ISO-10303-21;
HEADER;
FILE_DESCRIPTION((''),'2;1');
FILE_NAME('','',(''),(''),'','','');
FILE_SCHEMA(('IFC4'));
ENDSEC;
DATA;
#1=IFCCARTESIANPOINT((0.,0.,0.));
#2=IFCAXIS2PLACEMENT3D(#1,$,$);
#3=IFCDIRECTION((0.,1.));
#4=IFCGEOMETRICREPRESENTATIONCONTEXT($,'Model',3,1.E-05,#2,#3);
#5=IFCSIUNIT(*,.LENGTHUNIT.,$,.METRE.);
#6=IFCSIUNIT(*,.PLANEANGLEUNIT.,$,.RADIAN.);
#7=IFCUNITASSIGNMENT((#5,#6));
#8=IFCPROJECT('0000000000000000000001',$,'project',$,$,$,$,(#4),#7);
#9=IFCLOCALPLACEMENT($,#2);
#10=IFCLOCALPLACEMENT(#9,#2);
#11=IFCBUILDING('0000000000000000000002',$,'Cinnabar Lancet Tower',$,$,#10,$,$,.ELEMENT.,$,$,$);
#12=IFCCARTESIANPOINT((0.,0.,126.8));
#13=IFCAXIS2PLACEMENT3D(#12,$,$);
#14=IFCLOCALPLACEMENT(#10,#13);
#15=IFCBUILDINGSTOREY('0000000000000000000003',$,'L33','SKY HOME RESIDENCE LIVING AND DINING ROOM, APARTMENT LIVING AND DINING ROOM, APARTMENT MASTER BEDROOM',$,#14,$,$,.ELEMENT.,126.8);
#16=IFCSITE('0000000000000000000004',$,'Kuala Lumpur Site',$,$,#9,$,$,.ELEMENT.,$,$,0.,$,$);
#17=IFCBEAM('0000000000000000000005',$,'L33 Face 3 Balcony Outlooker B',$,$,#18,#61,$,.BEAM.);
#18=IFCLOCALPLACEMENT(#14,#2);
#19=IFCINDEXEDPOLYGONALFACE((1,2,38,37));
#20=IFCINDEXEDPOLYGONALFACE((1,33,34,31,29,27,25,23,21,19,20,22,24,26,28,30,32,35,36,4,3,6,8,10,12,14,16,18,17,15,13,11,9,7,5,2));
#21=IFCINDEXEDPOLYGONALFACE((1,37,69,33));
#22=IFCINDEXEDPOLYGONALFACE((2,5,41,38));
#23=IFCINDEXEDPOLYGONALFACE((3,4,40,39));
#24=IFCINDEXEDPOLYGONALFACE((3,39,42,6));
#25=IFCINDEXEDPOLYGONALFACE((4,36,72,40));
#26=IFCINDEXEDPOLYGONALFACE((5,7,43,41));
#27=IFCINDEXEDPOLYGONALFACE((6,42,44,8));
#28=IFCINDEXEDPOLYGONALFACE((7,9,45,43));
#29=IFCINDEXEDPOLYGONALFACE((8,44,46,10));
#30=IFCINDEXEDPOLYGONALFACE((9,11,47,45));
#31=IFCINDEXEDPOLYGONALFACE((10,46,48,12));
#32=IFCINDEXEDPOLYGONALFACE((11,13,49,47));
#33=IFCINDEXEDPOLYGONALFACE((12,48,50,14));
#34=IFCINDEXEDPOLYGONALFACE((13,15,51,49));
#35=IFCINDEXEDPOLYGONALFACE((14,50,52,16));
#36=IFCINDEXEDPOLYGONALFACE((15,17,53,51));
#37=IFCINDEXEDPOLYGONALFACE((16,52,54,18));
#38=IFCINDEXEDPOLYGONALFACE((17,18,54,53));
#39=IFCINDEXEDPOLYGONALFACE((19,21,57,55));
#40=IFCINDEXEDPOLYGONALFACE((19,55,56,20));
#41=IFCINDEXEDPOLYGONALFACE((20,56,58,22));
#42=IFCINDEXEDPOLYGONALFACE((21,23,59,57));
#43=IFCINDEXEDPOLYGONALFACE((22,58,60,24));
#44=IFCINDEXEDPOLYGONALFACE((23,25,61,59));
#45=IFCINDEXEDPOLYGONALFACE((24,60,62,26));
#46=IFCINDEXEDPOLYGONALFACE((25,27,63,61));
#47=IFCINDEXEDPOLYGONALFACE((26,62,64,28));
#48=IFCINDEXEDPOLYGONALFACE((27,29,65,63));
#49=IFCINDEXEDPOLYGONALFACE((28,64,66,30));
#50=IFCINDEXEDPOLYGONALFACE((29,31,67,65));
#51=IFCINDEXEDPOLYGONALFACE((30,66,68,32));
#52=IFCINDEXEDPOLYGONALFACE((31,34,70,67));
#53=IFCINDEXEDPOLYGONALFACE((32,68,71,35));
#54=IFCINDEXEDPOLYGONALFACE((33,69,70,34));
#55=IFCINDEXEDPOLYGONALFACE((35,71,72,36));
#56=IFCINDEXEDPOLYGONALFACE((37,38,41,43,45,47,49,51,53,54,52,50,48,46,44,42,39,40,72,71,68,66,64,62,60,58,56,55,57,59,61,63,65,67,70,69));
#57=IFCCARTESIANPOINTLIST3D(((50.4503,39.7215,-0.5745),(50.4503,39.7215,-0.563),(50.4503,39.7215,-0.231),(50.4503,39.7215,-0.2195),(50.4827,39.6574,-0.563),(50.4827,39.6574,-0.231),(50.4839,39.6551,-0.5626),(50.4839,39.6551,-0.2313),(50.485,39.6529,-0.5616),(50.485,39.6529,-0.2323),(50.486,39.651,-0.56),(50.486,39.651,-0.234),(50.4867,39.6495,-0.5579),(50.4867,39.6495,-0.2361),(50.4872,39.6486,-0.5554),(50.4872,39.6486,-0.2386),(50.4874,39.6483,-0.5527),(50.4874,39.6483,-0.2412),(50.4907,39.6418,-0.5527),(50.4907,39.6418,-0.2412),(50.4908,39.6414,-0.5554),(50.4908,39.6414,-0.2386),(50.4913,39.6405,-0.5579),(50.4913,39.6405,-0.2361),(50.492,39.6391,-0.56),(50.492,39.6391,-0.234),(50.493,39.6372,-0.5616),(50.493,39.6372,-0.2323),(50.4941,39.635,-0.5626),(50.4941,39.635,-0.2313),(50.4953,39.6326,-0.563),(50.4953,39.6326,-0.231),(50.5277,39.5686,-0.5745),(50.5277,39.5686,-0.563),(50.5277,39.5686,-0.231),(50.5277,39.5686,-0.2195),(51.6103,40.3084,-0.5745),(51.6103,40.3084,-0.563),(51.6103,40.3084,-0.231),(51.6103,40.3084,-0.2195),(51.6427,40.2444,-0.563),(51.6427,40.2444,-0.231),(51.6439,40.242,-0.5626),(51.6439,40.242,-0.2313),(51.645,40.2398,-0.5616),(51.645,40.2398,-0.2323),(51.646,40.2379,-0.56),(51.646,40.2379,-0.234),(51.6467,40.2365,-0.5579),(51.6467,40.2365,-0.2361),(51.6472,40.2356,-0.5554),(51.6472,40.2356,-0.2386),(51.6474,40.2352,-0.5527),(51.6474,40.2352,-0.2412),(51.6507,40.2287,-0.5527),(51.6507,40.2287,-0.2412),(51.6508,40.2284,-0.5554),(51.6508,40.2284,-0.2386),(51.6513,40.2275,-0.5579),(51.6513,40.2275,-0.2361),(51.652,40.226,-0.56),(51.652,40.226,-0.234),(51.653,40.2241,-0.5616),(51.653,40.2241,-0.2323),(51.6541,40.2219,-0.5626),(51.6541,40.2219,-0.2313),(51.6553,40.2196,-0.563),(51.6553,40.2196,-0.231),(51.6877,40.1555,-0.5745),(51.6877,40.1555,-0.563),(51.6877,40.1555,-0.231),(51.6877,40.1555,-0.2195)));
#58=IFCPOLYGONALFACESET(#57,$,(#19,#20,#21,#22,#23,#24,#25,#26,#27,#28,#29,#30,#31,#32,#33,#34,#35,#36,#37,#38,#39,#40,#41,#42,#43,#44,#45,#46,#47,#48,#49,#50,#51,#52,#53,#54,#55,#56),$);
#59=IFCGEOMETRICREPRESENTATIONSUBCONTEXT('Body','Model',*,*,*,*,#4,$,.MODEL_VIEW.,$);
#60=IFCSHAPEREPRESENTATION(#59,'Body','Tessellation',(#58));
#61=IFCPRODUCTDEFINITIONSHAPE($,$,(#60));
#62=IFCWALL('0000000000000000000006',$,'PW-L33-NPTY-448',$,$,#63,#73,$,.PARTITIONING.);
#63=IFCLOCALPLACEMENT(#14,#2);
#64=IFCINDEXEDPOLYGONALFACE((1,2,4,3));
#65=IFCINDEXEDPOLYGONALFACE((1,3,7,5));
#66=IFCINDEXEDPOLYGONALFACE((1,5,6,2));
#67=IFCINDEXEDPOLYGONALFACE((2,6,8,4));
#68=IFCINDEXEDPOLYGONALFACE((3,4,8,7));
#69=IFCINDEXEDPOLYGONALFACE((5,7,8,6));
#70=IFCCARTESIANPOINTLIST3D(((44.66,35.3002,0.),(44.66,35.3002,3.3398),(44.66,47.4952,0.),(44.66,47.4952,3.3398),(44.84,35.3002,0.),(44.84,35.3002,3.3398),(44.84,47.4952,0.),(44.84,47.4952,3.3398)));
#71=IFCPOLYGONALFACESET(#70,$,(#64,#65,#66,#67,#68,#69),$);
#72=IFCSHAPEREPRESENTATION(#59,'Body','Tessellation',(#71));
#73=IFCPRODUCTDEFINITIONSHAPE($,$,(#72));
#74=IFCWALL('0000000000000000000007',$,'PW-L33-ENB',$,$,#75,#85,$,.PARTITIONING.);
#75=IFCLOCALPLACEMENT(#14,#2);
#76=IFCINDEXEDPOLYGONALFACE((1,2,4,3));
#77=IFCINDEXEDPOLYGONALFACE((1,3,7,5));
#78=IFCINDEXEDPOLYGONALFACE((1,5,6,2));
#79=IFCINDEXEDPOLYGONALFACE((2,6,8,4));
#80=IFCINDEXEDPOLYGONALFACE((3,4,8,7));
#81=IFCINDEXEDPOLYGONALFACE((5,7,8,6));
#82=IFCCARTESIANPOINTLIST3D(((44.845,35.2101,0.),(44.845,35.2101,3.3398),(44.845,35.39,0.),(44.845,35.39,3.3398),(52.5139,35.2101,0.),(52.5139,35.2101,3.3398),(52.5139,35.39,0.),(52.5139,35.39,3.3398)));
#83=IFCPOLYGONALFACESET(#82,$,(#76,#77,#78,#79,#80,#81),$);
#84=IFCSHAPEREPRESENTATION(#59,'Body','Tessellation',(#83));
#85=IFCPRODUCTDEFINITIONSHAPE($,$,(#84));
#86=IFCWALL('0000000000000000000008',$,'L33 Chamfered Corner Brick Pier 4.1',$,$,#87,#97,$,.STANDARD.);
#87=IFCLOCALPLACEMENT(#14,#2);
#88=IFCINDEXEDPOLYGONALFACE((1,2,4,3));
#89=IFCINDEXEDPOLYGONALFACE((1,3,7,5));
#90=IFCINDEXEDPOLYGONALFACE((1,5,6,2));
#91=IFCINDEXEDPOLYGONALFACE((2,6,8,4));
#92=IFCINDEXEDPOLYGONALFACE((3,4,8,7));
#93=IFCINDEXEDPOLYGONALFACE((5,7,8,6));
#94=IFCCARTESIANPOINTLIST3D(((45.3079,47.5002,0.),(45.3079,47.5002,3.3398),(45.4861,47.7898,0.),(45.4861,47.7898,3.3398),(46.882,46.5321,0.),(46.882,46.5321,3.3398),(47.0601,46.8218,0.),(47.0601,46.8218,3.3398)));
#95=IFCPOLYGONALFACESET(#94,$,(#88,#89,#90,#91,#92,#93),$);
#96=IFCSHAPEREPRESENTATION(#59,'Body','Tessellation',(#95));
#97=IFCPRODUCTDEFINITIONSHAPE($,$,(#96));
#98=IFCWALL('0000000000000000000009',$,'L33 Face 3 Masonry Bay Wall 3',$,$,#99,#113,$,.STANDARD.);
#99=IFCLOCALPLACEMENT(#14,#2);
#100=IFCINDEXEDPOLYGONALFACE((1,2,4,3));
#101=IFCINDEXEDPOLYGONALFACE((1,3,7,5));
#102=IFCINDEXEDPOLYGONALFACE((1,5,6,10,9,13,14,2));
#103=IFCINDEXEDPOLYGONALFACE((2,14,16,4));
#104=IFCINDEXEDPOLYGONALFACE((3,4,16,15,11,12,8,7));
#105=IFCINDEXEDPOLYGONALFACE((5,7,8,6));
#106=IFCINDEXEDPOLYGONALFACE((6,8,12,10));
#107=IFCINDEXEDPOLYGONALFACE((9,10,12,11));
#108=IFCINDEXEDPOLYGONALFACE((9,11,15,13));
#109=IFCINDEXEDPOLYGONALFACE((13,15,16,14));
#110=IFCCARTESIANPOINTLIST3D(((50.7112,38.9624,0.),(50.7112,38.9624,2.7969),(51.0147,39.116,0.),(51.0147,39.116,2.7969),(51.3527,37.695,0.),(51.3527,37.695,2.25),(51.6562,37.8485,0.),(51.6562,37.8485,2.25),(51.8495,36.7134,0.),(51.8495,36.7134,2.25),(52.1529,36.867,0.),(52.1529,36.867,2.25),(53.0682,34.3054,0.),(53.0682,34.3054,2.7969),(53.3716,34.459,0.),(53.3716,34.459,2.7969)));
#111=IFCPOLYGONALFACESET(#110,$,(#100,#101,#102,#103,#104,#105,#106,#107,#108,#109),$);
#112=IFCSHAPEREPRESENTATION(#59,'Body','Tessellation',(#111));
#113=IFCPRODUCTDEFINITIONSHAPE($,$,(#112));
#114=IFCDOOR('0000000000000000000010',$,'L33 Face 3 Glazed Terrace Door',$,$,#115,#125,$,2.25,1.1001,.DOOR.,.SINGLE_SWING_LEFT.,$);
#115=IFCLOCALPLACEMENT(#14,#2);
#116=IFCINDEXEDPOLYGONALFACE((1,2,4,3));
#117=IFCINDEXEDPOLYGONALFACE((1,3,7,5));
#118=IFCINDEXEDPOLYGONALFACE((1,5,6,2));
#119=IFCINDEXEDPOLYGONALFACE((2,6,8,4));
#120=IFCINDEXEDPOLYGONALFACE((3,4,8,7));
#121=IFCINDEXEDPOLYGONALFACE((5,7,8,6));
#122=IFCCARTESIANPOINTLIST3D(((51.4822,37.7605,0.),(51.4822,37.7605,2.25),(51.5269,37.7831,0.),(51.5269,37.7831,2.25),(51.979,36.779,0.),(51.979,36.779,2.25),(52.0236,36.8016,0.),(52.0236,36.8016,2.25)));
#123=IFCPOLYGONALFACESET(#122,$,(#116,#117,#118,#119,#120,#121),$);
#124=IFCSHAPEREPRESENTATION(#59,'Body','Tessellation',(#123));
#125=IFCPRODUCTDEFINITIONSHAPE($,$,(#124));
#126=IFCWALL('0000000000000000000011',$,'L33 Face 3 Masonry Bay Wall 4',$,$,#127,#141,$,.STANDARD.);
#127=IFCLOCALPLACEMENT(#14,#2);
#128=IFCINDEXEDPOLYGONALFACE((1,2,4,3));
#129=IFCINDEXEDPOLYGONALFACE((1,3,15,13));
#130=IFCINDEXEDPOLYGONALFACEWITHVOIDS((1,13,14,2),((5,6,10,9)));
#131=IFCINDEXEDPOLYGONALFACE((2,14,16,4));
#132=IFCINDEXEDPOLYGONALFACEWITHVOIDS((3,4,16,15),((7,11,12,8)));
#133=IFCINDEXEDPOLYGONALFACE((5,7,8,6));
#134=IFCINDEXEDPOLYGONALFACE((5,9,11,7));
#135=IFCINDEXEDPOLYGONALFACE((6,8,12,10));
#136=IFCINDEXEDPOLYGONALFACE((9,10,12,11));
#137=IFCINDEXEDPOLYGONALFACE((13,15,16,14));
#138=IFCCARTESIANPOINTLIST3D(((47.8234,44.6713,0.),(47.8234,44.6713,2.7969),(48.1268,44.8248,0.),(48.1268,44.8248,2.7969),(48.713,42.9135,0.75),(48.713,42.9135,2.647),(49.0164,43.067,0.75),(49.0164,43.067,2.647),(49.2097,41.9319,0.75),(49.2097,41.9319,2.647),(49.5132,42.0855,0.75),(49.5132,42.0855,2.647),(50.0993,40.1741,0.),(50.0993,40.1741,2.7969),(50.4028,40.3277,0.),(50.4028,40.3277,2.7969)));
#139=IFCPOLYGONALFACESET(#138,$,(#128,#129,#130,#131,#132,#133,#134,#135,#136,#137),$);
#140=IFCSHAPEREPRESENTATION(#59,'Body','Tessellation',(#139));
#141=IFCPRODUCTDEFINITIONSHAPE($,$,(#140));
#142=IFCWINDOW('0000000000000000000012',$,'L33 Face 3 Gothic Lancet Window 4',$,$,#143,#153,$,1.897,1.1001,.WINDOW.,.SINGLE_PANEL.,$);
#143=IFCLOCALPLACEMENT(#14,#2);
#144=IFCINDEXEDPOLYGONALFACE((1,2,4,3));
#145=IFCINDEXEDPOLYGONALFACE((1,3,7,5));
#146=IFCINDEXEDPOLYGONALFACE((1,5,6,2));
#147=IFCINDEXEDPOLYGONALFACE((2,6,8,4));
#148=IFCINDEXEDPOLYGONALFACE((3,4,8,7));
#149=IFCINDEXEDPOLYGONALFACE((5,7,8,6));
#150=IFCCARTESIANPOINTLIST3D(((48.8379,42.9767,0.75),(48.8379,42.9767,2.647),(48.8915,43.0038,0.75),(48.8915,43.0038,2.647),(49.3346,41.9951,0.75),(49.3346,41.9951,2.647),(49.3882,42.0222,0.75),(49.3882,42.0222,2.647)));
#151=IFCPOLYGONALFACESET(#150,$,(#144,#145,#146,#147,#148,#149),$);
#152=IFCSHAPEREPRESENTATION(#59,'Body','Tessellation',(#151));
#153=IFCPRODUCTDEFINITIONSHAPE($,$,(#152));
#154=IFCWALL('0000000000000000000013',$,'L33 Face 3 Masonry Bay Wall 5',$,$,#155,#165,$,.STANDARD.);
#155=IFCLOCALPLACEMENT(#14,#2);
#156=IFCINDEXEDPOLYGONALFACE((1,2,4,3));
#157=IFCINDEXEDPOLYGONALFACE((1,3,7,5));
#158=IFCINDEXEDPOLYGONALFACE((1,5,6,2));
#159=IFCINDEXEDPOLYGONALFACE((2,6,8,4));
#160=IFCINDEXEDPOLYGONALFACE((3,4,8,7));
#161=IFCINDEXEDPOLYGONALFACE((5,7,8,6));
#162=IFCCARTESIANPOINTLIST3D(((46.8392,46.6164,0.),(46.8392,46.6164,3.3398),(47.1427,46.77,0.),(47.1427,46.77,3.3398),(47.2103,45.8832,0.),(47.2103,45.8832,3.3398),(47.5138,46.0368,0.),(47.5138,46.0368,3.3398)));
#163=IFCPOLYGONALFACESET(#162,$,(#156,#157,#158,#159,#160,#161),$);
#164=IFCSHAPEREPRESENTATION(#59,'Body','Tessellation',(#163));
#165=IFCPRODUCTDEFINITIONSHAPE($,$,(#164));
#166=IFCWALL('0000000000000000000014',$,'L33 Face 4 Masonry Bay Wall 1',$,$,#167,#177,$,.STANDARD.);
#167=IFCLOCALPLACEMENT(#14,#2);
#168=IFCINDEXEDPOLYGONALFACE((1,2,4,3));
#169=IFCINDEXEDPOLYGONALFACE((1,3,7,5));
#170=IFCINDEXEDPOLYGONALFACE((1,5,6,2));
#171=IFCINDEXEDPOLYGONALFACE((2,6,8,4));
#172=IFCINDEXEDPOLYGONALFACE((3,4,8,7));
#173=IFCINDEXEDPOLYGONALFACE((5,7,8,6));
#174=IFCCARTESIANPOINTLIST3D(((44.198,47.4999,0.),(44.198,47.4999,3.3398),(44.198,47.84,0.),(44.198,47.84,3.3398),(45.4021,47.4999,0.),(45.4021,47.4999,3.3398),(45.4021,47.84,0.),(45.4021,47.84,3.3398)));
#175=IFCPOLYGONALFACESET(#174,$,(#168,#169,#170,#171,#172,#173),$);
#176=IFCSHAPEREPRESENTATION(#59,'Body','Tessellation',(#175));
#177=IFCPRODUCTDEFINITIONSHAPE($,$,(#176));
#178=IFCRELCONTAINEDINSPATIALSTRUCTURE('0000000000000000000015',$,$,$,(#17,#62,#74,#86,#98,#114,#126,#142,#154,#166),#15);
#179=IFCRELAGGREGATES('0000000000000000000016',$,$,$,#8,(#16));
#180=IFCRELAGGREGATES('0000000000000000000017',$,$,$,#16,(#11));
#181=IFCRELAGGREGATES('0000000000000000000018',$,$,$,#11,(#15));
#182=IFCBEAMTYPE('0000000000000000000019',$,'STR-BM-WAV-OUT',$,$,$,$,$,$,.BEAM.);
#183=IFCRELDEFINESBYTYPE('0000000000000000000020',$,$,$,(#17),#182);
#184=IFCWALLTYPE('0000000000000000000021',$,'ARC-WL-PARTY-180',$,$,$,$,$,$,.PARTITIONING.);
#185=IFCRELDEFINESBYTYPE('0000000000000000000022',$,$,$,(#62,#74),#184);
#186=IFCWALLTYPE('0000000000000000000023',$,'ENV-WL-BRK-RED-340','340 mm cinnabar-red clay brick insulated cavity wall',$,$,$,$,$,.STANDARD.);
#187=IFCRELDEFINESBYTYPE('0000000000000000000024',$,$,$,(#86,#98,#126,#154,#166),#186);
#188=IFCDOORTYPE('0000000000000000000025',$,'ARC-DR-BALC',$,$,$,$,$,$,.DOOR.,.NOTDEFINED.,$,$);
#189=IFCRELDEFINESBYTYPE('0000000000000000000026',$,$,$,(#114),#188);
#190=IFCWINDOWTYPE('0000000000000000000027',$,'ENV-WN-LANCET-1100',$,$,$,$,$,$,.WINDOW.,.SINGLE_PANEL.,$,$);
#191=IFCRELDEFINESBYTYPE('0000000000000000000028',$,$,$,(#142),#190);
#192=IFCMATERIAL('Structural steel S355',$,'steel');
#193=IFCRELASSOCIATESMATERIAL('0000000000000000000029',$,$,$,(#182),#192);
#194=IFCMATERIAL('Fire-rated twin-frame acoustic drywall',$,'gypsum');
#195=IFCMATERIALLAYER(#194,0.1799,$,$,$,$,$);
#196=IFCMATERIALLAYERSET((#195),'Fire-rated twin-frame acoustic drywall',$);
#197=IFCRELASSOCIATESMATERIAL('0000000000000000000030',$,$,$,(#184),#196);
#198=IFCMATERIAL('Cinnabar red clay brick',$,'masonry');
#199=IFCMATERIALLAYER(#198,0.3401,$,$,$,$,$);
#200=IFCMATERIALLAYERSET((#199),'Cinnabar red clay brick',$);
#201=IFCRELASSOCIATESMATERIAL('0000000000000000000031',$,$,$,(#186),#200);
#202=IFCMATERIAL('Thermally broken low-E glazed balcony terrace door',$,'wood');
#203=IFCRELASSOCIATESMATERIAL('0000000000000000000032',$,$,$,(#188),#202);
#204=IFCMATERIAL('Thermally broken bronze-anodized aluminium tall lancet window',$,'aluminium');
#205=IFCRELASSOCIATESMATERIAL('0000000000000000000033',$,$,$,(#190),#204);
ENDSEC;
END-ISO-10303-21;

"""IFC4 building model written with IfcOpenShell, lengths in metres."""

from ifc_helpers import new_model, si_unit, direction, frame, frame_2d, origin, origin_2d, place, context, subcontext, project, spatial, rectangle, i_section, extrude, material, layer, layer_set, material_profile, profile_set, type_object, element, fill, save


model = new_model("IFC4")

# Units and contexts
model_context = context("Model", 3, precision=1e-05, world=origin(), true_north=direction((0.0, 1.0)))
body_context = subcontext(model_context, "Body", "Model", "MODEL_VIEW")
ifc_project = project(units=[si_unit("LENGTHUNIT", "METRE"), si_unit("PLANEANGLEUNIT", "RADIAN")], contexts=[model_context])

# Site, building, storey
site_placement = place(None, origin())
site = spatial("IfcSite", under=ifc_project, at=site_placement, Name="Kuala Lumpur Site", CompositionType="ELEMENT", RefElevation=0.0)
building_placement = place(site_placement, origin())
building = spatial("IfcBuilding", under=site, at=building_placement, Name="Cinnabar Lancet Tower", CompositionType="ELEMENT")
storey_placement = place(building_placement, frame((0.0, 0.0, 126.8)))
storey = spatial("IfcBuildingStorey", under=building, at=storey_placement, Name="L33", Description="SKY HOME RESIDENCE LIVING AND DINING ROOM, APARTMENT LIVING AND DINING ROOM, APARTMENT MASTER BEDROOM", CompositionType="ELEMENT", Elevation=126.8)

# Beam
ifc_material_1 = material(Name="Structural steel S355", Category="steel")
ifc_material_profile_1 = material_profile(ifc_material_1, i_section(OverallWidth=0.1714, OverallDepth=0.355, WebThickness=0.0073, FlangeThickness=0.0115, FilletRadius=0.0103, at=origin_2d()), Name="UKB 356x171x51")
ifc_profile_set_1 = profile_set([ifc_material_profile_1], Name="Structural steel S355")
beam_type_1 = type_object("IfcBeamType", Name="STR-BM-WAV-OUT", PredefinedType="BEAM", material=ifc_profile_set_1)
beam_1_placement = place(storey_placement, frame((50.489, 39.645, -0.397), z_axis=(0.892276, 0.45149, 0.0), x_axis=(-0.45149, 0.892276, 0.0)))
element("IfcBeam", 1, at=beam_1_placement, inside=storey, type_object=beam_type_1, Name="L33 Face 3 Balcony Outlooker B", PredefinedType="BEAM", context=body_context, shape_type="SweptSolid", body=[
    extrude(i_section(OverallWidth=0.1714, OverallDepth=0.355, WebThickness=0.0073, FlangeThickness=0.0115, FilletRadius=0.0103, at=origin_2d()), origin(), (0.0, 0.0, 1.0), 1.3),
])

# Walls
ifc_material_2 = material(Name="Fire-rated twin-frame acoustic drywall", Category="gypsum")
ifc_layer_1 = layer(ifc_material_2, 0.1799)
ifc_layer_set_1 = layer_set([ifc_layer_1], Name="Fire-rated twin-frame acoustic drywall")
wall_type_1 = type_object("IfcWallType", Name="ARC-WL-PARTY-180", PredefinedType="PARTITIONING", material=ifc_layer_set_1)
wall_1_placement = place(storey_placement, frame((44.75, 35.3, 0.0), z_axis=(0.0, 0.0, 1.0), x_axis=(0.0, 1.0, 0.0)))
element("IfcWall", 2, at=wall_1_placement, inside=storey, type_object=wall_type_1, Name="PW-L33-NPTY-448", PredefinedType="PARTITIONING", context=body_context, shape_type="SweptSolid", body=[
    extrude(rectangle(XDim=12.1951, YDim=0.1799, at=frame_2d((6.0977, 0.0))), origin(), (0.0, 0.0, 1.0), 3.3398),
])
wall_2_placement = place(storey_placement, frame((44.845, 35.3, 0.0), z_axis=(0.0, 0.0, 1.0), x_axis=(1.0, 0.0, 0.0)))
element("IfcWall", 3, at=wall_2_placement, inside=storey, type_object=wall_type_1, Name="PW-L33-ENB", PredefinedType="PARTITIONING", context=body_context, shape_type="SweptSolid", body=[
    extrude(rectangle(XDim=7.6689, YDim=0.1799, at=frame_2d((3.8345, 0.0))), origin(), (0.0, 0.0, 1.0), 3.3398),
])
ifc_material_3 = material(Name="Cinnabar red clay brick", Category="masonry")
ifc_layer_2 = layer(ifc_material_3, 0.3401)
ifc_layer_set_2 = layer_set([ifc_layer_2], Name="Cinnabar red clay brick")
wall_type_2 = type_object("IfcWallType", Name="ENV-WL-BRK-RED-340", Description="340 mm cinnabar-red clay brick insulated cavity wall", PredefinedType="STANDARD", material=ifc_layer_set_2)
wall_3_placement = place(storey_placement, frame((46.9709, 46.677, 0.0), z_axis=(0.0, 0.0, 1.0), x_axis=(-0.851799, 0.523869, 0.0)))
element("IfcWall", 4, at=wall_3_placement, inside=storey, type_object=wall_type_2, Name="L33 Chamfered Corner Brick Pier 4.1", PredefinedType="STANDARD", context=body_context, shape_type="SweptSolid", body=[
    extrude(rectangle(XDim=1.8479, YDim=0.3401, at=frame_2d((0.9238, 0.0))), origin(), (0.0, 0.0, 1.0), 3.3398),
])

# Wall, opening, door
wall_4_placement = place(storey_placement, frame((53.22, 34.3821, 0.0), z_axis=(0.0, 0.0, 1.0), x_axis=(-0.451568, 0.892237, 0.0)))
wall_4 = element("IfcWall", 5, at=wall_4_placement, inside=storey, type_object=wall_type_2, Name="L33 Face 3 Masonry Bay Wall 3", PredefinedType="STANDARD", context=body_context, shape_type="SweptSolid", body=[
    extrude(rectangle(XDim=5.2195, YDim=0.3401, at=frame_2d((2.6099, 0.0))), origin(), (0.0, 0.0, 1.0), 2.7969),
])
opening_1_placement = place(wall_4_placement, frame((2.699, 0.0, 0.0)))
opening_1 = element("IfcOpeningElement", 6, at=opening_1_placement, cuts=wall_4, PredefinedType="OPENING", context=body_context, shape_type="SweptSolid", body=[
    extrude(rectangle(XDim=1.1001, YDim=2.25, at=frame_2d((0.55, 1.125))), frame((0.0, 0.1799, 0.0), z_axis=(0.0, -1.0, 0.0), x_axis=(1.0, 0.0, 0.0)), (0.0, 0.0, 1.0), 0.3601),
])
ifc_material_4 = material(Name="Thermally broken low-E glazed balcony terrace door", Category="wood")
door_type = type_object("IfcDoorType", Name="ARC-DR-BALC", OperationType="NOTDEFINED", PredefinedType="DOOR", material=ifc_material_4)
door_placement = place(opening_1_placement, origin())
door = element("IfcDoor", 7, at=door_placement, inside=storey, type_object=door_type, Name="L33 Face 3 Glazed Terrace Door", OperationType="SINGLE_SWING_LEFT", OverallHeight=2.25, OverallWidth=1.1001, PredefinedType="DOOR", context=body_context, shape_type="SweptSolid", body=[
    extrude(rectangle(XDim=1.1001, YDim=2.25, at=frame_2d((0.55, 1.125))), frame((0.0, 0.0249, 0.0), z_axis=(0.0, -1.0, 0.0), x_axis=(1.0, 0.0, 0.0)), (0.0, 0.0, 1.0), 0.05),
])
fill(opening_1, door)

# Wall, opening, window
wall_5_placement = place(storey_placement, frame((50.251, 40.251, 0.0), z_axis=(0.0, 0.0, 1.0), x_axis=(-0.451548, 0.892247, 0.0)))
wall_5 = element("IfcWall", 8, at=wall_5_placement, inside=storey, type_object=wall_type_2, Name="L33 Face 3 Masonry Bay Wall 4", PredefinedType="STANDARD", context=body_context, shape_type="SweptSolid", body=[
    extrude(rectangle(XDim=5.0403, YDim=0.3401, at=frame_2d((2.52, 0.0))), origin(), (0.0, 0.0, 1.0), 2.7969),
])
opening_2_placement = place(wall_5_placement, frame((1.97, 0.0, 0.75)))
opening_2 = element("IfcOpeningElement", 9, at=opening_2_placement, cuts=wall_5, PredefinedType="OPENING", context=body_context, shape_type="SweptSolid", body=[
    extrude(rectangle(XDim=1.1001, YDim=1.897, at=frame_2d((0.55, 0.9485))), frame((0.0, 0.1799, 0.0), z_axis=(0.0, -1.0, 0.0), x_axis=(1.0, 0.0, 0.0)), (0.0, 0.0, 1.0), 0.3601),
])
ifc_material_5 = material(Name="Thermally broken bronze-anodized aluminium tall lancet window", Category="aluminium")
window_type = type_object("IfcWindowType", Name="ENV-WN-LANCET-1100", PartitioningType="SINGLE_PANEL", PredefinedType="WINDOW", material=ifc_material_5)
window_placement = place(opening_2_placement, origin())
window = element("IfcWindow", 10, at=window_placement, inside=storey, type_object=window_type, Name="L33 Face 3 Gothic Lancet Window 4", OverallHeight=1.897, OverallWidth=1.1001, PartitioningType="SINGLE_PANEL", PredefinedType="WINDOW", context=body_context, shape_type="SweptSolid", body=[
    extrude(rectangle(XDim=1.1001, YDim=1.897, at=frame_2d((0.55, 0.9485))), frame((0.0, 0.03, 0.0), z_axis=(0.0, -1.0, 0.0), x_axis=(1.0, 0.0, 0.0)), (0.0, 0.0, 1.0), 0.0601),
])
fill(opening_2, window)

# Walls
wall_6_placement = place(storey_placement, frame((47.3621, 45.96, 0.0), z_axis=(0.0, 0.0, 1.0), x_axis=(-0.451605, 0.892218, 0.0)))
element("IfcWall", 11, at=wall_6_placement, inside=storey, type_object=wall_type_2, Name="L33 Face 3 Masonry Bay Wall 5", PredefinedType="STANDARD", context=body_context, shape_type="SweptSolid", body=[
    extrude(rectangle(XDim=0.8218, YDim=0.3401, at=frame_2d((0.4109, 0.0))), origin(), (0.0, 0.0, 1.0), 3.3398),
])
wall_7_placement = place(storey_placement, frame((45.4021, 47.6699, 0.0), z_axis=(0.0, 0.0, 1.0), x_axis=(-1.0, 0.0, 0.0)))
element("IfcWall", 12, at=wall_7_placement, inside=storey, type_object=wall_type_2, Name="L33 Face 4 Masonry Bay Wall 1", PredefinedType="STANDARD", context=body_context, shape_type="SweptSolid", body=[
    extrude(rectangle(XDim=1.2041, YDim=0.3401, at=frame_2d((0.6021, 0.0))), origin(), (0.0, 0.0, 1.0), 3.3398),
])

save(model, "model.ifc")
